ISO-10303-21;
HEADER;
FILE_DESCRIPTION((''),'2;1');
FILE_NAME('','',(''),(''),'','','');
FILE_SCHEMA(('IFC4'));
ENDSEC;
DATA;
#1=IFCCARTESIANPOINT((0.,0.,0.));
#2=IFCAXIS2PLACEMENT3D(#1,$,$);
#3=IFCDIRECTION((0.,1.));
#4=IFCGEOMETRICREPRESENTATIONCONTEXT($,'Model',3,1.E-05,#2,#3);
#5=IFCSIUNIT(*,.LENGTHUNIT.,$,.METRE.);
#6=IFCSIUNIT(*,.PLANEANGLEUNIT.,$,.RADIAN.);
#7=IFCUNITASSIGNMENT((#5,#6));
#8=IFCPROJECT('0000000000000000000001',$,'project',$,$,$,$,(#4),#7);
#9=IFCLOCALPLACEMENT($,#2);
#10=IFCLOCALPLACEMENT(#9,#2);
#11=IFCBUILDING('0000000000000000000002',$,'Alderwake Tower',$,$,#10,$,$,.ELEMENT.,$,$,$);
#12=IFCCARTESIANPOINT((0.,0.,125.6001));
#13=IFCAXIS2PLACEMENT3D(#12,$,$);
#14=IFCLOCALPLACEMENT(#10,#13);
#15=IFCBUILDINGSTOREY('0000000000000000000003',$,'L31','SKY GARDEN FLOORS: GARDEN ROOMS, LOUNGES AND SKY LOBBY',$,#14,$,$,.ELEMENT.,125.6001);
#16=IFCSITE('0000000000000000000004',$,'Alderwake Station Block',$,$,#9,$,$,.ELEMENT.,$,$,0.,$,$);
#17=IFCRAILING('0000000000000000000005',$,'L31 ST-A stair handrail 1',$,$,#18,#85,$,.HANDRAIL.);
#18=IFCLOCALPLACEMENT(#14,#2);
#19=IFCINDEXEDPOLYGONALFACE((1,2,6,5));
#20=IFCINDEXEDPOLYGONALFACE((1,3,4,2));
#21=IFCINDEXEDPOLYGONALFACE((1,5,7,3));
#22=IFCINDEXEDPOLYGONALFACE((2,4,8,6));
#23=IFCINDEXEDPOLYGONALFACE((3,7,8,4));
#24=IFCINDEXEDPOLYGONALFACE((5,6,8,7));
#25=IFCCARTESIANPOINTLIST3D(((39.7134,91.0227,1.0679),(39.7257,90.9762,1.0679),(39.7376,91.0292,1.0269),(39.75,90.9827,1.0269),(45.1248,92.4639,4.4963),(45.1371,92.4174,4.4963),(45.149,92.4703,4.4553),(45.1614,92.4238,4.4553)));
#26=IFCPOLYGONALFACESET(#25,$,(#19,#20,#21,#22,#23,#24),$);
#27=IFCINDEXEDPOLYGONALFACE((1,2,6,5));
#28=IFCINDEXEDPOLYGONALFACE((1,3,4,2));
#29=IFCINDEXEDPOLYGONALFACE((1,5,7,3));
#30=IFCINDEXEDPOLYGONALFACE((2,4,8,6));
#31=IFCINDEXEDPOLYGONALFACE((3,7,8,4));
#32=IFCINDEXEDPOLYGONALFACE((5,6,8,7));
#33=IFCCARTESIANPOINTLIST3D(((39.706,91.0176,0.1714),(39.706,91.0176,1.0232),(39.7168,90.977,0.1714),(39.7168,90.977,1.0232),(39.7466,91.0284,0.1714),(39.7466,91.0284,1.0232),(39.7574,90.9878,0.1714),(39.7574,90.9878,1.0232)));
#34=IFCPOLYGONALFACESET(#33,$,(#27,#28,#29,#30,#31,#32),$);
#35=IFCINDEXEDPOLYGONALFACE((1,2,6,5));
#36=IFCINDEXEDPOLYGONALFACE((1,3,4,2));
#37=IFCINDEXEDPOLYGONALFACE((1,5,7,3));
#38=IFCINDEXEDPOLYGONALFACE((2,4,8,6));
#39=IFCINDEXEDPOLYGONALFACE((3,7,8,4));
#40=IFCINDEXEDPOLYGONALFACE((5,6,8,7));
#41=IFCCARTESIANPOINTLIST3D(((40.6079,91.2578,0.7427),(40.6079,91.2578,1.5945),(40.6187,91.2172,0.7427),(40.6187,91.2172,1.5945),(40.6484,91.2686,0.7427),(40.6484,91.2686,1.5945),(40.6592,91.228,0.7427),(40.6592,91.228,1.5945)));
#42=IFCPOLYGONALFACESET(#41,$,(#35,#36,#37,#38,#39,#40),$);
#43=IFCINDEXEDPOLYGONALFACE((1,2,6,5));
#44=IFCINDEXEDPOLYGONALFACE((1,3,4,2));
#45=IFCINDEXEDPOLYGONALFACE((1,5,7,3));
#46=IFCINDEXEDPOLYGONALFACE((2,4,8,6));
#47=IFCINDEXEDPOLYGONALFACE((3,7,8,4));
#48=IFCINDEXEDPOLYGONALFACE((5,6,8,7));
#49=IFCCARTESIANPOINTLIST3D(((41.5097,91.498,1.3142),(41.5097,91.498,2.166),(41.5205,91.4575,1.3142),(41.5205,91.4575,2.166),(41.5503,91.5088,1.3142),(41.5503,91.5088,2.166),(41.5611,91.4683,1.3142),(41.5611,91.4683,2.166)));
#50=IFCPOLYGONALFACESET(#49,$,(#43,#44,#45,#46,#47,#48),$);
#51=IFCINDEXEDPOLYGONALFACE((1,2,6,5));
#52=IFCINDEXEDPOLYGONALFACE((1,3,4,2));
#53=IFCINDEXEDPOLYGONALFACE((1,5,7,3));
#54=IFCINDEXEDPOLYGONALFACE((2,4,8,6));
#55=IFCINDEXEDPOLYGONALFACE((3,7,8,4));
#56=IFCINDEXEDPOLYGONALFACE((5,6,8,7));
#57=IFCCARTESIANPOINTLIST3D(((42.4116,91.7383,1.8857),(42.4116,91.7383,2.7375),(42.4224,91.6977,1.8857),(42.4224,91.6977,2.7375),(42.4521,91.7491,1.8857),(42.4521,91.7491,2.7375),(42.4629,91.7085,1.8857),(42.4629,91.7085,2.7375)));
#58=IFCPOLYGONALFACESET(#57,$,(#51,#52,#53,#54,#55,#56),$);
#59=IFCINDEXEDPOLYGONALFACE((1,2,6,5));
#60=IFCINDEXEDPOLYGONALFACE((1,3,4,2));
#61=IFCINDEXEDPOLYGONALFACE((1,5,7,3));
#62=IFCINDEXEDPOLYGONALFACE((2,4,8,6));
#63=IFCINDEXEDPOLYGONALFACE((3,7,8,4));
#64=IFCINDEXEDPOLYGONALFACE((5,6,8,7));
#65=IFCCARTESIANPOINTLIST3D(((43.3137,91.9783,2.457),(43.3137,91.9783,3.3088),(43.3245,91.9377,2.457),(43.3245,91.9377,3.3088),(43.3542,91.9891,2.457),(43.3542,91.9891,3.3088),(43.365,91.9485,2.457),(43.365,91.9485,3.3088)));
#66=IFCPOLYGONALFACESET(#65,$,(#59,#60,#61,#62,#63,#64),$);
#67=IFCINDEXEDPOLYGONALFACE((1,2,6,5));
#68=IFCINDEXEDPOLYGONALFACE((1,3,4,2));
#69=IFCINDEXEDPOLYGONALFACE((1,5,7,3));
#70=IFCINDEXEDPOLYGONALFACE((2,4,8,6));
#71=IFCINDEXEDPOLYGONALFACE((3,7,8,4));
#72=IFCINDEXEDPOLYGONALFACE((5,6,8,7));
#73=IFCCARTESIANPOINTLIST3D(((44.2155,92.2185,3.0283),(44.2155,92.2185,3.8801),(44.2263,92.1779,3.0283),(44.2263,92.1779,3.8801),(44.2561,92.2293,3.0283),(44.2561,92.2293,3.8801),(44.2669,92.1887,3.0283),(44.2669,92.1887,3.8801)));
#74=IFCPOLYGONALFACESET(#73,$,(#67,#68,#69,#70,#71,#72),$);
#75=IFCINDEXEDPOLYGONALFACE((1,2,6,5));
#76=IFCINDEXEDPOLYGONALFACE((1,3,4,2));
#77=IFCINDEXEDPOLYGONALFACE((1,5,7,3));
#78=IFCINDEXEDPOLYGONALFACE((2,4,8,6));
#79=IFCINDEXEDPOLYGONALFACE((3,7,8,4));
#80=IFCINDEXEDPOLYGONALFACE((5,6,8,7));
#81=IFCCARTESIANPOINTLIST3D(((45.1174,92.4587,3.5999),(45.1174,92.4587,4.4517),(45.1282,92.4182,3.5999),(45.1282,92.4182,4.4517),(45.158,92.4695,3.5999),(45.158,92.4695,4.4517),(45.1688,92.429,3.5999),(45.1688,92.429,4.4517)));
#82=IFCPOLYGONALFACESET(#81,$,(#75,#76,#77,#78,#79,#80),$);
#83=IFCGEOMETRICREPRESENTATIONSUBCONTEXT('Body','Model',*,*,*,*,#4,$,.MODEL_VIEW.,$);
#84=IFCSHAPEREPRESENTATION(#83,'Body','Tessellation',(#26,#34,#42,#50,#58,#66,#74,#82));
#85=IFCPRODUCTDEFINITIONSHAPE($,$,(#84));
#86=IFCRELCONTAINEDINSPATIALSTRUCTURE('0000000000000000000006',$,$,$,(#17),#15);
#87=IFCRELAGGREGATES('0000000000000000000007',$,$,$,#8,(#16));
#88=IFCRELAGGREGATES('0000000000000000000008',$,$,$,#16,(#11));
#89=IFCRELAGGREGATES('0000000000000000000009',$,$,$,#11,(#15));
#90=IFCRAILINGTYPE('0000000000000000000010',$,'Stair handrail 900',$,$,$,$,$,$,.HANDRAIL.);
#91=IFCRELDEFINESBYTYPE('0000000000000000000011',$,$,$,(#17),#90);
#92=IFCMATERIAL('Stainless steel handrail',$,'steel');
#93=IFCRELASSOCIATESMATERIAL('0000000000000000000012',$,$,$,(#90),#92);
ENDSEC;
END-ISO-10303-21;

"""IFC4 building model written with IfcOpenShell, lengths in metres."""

from ifc_helpers import new_model, si_unit, direction, frame, origin, origin_2d, place, context, subcontext, project, spatial, rectangle, extrude, material, type_object, element, save


model = new_model("IFC4")

# Units and contexts
model_context = context("Model", 3, precision=1e-05, world=origin(), true_north=direction((0.0, 1.0)))
body_context = subcontext(model_context, "Body", "Model", "MODEL_VIEW")
ifc_project = project(units=[si_unit("LENGTHUNIT", "METRE"), si_unit("PLANEANGLEUNIT", "RADIAN")], contexts=[model_context])

# Site, building, storey
site_placement = place(None, origin())
site = spatial("IfcSite", under=ifc_project, at=site_placement, Name="Alderwake Station Block", CompositionType="ELEMENT", RefElevation=0.0)
building_placement = place(site_placement, origin())
building = spatial("IfcBuilding", under=site, at=building_placement, Name="Alderwake Tower", CompositionType="ELEMENT")
storey_placement = place(building_placement, frame((0.0, 0.0, 125.6001)))
storey = spatial("IfcBuildingStorey", under=building, at=storey_placement, Name="L31", Description="SKY GARDEN FLOORS: GARDEN ROOMS, LOUNGES AND SKY LOBBY", CompositionType="ELEMENT", Elevation=125.6001)

# Railing
ifc_material_1 = material(Name="Stainless steel handrail", Category="steel")
railing_type = type_object("IfcRailingType", Name="Stair handrail 900", PredefinedType="HANDRAIL", material=ifc_material_1)
railing_placement = place(storey_placement, frame((39.7317, 91.0027, 0.1714)))
element("IfcRailing", 1, at=railing_placement, inside=storey, type_object=railing_type, Name="L31 ST-A stair handrail 1", PredefinedType="HANDRAIL", context=body_context, shape_type="SweptSolid", body=[
    extrude(rectangle(XDim=0.0481, YDim=0.0481, at=origin_2d()), frame((0.0, 0.0, 0.876), z_axis=(0.824132, 0.219484, 0.522143), x_axis=(-0.257351, 0.966318, 0.0)), (0.0, 0.0, 1.0), 6.5662),
    extrude(rectangle(XDim=0.042, YDim=0.042, at=origin_2d()), frame((0.0, 0.0, 0.0), z_axis=(0.0, 0.0, 1.0), x_axis=(0.966318, 0.257351, 0.0)), (0.0, 0.0, 1.0), 0.8518),
    extrude(rectangle(XDim=0.042, YDim=0.042, at=origin_2d()), frame((0.9019, 0.2402, 0.5713), z_axis=(0.0, 0.0, 1.0), x_axis=(0.966318, 0.257351, 0.0)), (0.0, 0.0, 1.0), 0.8518),
    extrude(rectangle(XDim=0.042, YDim=0.042, at=origin_2d()), frame((1.8037, 0.4805, 1.1428), z_axis=(0.0, 0.0, 1.0), x_axis=(0.966318, 0.257351, 0.0)), (0.0, 0.0, 1.0), 0.8518),
    extrude(rectangle(XDim=0.042, YDim=0.042, at=origin_2d()), frame((2.7056, 0.7207, 1.7144), z_axis=(0.0, 0.0, 1.0), x_axis=(0.966318, 0.257351, 0.0)), (0.0, 0.0, 1.0), 0.8518),
    extrude(rectangle(XDim=0.042, YDim=0.042, at=origin_2d()), frame((3.6077, 0.9607, 2.2856), z_axis=(0.0, 0.0, 1.0), x_axis=(0.966318, 0.257351, 0.0)), (0.0, 0.0, 1.0), 0.8518),
    extrude(rectangle(XDim=0.042, YDim=0.042, at=origin_2d()), frame((4.5095, 1.2009, 2.8569), z_axis=(0.0, 0.0, 1.0), x_axis=(0.966318, 0.257351, 0.0)), (0.0, 0.0, 1.0), 0.8518),
    extrude(rectangle(XDim=0.042, YDim=0.042, at=origin_2d()), frame((5.4114, 1.4412, 3.4285), z_axis=(0.0, 0.0, 1.0), x_axis=(0.966318, 0.257351, 0.0)), (0.0, 0.0, 1.0), 0.8518),
])

save(model, "model.ifc")
